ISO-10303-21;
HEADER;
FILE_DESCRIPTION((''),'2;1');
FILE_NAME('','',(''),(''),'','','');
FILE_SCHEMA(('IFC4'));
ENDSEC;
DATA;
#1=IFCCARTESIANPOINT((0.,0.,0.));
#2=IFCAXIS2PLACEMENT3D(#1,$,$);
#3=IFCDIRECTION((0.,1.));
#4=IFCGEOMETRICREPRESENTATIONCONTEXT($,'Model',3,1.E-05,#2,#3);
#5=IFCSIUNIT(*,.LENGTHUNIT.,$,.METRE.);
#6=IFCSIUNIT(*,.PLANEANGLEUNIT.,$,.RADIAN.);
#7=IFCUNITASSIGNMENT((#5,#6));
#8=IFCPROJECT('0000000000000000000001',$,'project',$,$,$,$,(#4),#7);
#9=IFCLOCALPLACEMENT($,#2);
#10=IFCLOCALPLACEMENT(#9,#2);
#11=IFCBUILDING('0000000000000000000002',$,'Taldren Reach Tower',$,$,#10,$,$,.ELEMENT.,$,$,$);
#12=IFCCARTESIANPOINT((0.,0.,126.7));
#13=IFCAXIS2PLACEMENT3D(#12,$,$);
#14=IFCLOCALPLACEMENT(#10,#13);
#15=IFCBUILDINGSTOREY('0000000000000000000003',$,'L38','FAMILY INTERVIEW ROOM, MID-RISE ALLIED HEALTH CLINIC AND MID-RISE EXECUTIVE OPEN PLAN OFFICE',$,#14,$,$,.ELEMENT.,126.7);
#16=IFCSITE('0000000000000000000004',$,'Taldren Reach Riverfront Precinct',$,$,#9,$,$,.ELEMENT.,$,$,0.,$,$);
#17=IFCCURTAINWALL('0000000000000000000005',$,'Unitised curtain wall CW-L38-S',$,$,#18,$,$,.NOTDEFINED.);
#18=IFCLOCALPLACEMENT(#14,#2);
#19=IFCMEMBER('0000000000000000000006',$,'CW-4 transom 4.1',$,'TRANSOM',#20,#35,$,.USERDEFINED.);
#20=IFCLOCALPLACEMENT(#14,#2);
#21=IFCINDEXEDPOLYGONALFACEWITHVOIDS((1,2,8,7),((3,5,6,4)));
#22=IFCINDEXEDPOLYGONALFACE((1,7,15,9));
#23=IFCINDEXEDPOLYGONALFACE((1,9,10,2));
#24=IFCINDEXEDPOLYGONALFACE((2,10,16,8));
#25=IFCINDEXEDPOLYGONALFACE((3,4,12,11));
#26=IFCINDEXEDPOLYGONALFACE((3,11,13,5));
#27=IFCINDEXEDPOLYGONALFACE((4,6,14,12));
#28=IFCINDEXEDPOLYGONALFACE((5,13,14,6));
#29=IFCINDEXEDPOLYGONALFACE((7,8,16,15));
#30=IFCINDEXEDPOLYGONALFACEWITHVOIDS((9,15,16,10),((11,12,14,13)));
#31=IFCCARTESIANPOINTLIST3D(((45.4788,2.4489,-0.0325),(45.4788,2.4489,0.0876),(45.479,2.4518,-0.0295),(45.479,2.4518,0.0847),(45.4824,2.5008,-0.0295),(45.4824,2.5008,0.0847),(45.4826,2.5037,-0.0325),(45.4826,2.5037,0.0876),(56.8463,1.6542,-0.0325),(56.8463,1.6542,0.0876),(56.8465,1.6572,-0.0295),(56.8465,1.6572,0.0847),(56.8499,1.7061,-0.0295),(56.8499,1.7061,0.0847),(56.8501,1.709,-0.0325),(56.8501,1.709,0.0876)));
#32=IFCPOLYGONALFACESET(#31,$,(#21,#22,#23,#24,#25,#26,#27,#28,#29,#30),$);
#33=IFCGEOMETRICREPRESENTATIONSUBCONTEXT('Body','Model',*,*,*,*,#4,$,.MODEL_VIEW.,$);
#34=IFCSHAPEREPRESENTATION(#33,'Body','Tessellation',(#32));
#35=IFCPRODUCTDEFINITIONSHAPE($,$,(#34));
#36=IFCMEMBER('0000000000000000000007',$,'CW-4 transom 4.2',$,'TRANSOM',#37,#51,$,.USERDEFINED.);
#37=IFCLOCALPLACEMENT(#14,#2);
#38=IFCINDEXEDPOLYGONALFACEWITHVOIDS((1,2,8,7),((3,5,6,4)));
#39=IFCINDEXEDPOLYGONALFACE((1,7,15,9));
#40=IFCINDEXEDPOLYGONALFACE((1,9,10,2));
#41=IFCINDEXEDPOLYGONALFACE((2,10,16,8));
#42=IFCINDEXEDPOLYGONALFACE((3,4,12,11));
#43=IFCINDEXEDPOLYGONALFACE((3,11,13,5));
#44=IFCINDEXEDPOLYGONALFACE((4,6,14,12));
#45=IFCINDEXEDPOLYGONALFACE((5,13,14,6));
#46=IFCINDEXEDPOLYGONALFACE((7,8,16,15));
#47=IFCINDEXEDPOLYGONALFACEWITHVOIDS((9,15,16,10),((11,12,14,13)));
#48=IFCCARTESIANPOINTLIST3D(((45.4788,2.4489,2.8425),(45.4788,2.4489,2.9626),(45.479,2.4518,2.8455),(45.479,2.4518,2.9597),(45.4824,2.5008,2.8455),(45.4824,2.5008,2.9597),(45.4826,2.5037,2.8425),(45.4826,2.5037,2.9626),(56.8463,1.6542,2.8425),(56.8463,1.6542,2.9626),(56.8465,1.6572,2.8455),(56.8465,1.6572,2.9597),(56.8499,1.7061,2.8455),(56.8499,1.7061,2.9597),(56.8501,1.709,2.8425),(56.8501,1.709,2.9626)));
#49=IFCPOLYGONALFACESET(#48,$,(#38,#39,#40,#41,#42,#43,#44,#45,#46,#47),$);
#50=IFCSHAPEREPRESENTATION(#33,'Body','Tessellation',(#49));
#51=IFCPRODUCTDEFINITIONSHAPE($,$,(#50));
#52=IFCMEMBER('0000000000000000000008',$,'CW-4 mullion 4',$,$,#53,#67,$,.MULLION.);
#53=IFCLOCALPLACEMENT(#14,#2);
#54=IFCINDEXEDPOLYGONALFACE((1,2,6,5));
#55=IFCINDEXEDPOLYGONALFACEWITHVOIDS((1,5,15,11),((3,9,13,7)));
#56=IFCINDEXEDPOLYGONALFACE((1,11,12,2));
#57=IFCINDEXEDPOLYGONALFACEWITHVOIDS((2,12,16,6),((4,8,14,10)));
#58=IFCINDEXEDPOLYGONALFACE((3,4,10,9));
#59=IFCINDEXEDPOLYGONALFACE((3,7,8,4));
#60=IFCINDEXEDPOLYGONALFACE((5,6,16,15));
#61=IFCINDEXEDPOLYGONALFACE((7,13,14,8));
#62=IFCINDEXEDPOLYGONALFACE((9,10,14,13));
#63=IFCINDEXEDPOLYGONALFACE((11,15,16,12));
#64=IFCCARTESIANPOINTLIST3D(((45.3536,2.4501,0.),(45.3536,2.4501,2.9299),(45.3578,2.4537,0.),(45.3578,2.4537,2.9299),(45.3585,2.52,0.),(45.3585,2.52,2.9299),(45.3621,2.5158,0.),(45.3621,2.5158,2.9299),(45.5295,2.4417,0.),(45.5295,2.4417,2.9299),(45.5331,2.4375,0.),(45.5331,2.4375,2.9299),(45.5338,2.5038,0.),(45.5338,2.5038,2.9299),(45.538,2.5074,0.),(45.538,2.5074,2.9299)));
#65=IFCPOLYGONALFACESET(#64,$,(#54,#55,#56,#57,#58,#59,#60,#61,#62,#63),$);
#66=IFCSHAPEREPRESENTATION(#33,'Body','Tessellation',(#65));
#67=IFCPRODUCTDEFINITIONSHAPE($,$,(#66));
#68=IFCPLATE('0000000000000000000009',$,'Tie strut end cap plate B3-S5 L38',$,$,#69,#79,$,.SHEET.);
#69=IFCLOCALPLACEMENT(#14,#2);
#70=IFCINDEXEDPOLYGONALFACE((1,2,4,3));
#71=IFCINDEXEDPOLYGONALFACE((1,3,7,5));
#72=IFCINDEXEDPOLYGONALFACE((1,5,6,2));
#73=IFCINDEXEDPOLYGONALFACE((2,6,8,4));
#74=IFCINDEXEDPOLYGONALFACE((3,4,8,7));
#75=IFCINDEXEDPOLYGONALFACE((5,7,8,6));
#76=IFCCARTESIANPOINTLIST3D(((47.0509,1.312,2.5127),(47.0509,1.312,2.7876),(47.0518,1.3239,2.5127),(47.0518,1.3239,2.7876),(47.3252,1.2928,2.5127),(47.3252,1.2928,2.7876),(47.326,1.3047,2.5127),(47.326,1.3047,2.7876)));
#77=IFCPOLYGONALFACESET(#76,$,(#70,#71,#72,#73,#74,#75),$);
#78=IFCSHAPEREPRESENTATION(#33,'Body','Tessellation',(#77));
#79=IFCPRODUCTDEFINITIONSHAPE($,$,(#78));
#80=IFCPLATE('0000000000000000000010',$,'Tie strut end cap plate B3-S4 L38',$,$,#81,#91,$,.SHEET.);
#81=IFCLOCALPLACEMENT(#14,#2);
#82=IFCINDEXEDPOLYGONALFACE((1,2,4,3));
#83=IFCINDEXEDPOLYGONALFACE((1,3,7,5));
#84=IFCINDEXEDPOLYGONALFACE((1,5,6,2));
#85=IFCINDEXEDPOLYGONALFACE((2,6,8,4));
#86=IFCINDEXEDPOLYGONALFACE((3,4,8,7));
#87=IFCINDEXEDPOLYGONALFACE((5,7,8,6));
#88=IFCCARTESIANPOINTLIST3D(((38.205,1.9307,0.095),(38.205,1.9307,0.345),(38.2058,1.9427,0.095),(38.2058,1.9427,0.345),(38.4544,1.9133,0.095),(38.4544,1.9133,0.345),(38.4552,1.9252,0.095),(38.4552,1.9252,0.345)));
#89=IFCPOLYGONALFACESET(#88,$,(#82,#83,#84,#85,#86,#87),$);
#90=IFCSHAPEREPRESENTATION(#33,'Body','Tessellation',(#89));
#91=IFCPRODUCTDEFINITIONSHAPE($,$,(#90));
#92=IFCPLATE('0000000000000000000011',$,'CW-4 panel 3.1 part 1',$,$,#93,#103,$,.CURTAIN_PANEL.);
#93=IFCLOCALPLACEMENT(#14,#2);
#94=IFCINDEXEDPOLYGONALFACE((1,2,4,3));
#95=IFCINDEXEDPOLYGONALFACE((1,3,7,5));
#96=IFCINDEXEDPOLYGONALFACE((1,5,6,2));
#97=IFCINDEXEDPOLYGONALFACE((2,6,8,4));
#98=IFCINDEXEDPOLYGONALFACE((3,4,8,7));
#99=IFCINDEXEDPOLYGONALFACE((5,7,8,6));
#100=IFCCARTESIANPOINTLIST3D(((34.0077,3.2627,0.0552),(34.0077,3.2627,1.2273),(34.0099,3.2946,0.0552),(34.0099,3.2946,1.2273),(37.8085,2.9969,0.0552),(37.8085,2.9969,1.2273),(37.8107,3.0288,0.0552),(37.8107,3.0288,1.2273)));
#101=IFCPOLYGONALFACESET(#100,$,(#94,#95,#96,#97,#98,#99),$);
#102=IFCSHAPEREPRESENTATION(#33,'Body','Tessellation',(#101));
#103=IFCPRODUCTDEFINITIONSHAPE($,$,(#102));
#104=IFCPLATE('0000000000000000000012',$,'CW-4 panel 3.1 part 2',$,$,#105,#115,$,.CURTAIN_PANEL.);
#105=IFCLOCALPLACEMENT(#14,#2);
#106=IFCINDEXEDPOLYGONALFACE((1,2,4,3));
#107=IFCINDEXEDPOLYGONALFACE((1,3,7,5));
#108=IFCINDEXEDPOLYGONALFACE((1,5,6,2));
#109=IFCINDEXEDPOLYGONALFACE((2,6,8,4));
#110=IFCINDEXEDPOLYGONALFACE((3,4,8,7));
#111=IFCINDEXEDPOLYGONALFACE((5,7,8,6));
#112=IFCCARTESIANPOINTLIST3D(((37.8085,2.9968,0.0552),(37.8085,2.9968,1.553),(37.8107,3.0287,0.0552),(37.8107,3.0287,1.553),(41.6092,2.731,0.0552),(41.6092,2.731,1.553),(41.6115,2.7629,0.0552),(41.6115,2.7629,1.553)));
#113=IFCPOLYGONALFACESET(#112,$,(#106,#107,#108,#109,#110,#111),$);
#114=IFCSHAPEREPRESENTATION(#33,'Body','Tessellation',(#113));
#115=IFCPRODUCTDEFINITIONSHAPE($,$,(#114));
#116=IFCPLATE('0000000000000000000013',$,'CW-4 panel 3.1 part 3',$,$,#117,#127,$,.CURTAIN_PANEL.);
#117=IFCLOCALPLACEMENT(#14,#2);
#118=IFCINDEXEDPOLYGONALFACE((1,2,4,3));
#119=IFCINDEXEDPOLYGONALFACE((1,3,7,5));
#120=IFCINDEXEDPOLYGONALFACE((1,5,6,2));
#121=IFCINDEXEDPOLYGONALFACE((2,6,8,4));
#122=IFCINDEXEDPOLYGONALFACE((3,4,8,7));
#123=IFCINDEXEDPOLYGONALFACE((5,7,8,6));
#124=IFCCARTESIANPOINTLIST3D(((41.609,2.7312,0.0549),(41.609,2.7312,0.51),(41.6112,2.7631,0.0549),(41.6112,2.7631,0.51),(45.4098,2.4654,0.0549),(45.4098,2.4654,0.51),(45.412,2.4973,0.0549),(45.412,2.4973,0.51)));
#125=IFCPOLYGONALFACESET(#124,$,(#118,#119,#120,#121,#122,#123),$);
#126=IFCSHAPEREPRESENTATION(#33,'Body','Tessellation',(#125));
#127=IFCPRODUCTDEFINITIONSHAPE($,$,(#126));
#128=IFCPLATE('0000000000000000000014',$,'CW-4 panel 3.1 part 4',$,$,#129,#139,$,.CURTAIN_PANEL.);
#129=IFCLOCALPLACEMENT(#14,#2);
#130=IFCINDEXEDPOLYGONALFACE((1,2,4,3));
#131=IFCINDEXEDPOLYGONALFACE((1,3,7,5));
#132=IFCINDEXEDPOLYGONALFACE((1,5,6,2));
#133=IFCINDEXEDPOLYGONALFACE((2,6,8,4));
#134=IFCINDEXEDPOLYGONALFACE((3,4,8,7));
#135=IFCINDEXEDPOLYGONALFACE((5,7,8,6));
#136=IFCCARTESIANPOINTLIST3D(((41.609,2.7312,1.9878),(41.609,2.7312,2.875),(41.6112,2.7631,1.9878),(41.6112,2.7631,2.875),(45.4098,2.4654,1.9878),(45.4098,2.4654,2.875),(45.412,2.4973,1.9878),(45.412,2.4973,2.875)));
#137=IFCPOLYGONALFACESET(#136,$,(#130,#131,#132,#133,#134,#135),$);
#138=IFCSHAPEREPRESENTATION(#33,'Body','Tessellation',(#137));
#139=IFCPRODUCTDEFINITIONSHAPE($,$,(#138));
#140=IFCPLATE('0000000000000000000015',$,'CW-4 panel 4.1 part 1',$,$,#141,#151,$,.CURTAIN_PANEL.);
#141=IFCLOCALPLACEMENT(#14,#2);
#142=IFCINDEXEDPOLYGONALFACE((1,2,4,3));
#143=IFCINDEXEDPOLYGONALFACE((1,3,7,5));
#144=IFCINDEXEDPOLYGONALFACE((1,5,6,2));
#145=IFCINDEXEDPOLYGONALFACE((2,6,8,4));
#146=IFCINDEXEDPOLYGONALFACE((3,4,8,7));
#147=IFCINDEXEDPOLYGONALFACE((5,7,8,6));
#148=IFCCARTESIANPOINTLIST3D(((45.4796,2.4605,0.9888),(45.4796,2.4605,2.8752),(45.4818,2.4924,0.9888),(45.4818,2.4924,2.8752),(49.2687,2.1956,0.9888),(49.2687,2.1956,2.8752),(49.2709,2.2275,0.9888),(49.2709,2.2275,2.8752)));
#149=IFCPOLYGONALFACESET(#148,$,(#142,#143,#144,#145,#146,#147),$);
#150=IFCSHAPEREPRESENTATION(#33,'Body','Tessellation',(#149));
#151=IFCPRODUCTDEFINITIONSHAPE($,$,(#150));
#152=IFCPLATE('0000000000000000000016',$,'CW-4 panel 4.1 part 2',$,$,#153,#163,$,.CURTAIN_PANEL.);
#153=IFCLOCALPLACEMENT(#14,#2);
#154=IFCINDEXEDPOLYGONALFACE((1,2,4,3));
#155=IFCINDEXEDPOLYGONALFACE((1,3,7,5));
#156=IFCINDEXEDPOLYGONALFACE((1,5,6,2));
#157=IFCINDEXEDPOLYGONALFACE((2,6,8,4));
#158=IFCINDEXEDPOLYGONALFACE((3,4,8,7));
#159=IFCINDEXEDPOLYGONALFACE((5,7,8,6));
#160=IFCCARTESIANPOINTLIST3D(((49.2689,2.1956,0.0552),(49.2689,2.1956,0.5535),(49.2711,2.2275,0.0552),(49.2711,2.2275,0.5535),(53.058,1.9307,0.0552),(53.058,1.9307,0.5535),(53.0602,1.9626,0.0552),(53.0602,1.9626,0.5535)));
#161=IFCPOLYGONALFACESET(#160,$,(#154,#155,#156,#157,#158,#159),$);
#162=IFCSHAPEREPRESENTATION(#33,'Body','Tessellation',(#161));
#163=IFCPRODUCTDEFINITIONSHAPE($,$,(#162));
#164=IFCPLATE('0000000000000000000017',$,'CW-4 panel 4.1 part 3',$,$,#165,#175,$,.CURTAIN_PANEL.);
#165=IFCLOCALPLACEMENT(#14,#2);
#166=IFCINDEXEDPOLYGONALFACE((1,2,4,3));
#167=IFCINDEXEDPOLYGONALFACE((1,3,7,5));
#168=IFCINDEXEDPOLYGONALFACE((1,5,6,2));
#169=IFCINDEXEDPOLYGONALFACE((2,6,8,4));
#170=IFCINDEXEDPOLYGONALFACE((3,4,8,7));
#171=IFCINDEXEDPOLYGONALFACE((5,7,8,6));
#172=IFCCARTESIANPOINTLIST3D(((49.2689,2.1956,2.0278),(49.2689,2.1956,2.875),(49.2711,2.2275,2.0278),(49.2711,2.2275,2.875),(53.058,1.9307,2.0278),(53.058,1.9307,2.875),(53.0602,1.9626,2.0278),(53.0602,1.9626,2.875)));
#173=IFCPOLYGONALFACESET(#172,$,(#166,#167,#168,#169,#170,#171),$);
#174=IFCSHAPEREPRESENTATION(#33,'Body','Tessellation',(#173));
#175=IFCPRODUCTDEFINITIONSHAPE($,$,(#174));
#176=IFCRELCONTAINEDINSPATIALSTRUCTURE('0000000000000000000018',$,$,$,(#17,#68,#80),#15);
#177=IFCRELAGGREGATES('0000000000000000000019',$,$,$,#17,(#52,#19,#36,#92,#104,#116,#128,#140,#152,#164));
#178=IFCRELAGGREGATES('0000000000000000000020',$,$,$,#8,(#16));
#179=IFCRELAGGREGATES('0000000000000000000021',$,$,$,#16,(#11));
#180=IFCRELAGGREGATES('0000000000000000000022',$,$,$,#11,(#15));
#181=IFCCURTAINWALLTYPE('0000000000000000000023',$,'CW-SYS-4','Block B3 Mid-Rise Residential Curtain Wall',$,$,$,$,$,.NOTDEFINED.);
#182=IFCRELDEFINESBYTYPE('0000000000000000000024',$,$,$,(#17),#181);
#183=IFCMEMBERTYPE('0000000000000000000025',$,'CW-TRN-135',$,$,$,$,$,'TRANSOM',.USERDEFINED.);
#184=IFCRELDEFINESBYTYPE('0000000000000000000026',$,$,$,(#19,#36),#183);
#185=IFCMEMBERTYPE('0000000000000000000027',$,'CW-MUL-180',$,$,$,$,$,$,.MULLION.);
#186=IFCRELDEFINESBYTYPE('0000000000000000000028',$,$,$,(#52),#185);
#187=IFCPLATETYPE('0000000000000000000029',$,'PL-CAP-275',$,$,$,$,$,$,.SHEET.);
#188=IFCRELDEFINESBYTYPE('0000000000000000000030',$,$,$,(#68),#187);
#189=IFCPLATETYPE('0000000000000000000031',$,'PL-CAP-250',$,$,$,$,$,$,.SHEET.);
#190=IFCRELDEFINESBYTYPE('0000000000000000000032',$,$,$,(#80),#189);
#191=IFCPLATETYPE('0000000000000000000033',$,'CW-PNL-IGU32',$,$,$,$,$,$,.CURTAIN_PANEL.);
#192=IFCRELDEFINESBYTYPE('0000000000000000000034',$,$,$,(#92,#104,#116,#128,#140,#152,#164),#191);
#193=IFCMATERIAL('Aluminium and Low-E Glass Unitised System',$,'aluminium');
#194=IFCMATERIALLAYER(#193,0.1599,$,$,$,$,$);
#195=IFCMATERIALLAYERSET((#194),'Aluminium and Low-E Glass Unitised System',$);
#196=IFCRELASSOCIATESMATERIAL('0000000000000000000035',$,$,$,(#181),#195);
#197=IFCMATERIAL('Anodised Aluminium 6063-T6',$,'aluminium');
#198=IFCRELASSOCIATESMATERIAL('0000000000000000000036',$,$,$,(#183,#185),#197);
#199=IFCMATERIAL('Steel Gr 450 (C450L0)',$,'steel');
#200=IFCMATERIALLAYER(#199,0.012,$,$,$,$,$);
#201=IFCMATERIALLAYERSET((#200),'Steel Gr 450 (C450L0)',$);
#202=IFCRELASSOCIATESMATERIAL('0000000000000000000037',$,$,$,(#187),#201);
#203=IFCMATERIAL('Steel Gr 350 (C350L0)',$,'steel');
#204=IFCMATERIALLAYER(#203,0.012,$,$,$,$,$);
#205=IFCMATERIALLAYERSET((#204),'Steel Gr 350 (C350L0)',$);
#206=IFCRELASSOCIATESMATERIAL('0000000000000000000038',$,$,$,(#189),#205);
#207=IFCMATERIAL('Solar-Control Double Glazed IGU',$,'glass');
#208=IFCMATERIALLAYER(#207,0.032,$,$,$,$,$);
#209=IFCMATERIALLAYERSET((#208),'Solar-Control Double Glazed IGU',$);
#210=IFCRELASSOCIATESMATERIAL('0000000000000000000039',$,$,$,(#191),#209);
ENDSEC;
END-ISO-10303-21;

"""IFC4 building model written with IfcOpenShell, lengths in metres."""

from ifc_helpers import new_model, si_unit, direction, frame, origin, origin_2d, place, context, subcontext, project, spatial, rectangle, hollow_rectangle, extrude, source, transform, mapped, material, layer, layer_set, material_profile, profile_set, type_object, element, aggregate, save


model = new_model("IFC4")

# Units and contexts
model_context = context("Model", 3, precision=1e-05, world=origin(), true_north=direction((0.0, 1.0)))
body_context = subcontext(model_context, "Body", "Model", "MODEL_VIEW")
ifc_project = project(units=[si_unit("LENGTHUNIT", "METRE"), si_unit("PLANEANGLEUNIT", "RADIAN")], contexts=[model_context])

# Site, building, storey
site_placement = place(None, origin())
site = spatial("IfcSite", under=ifc_project, at=site_placement, Name="Taldren Reach Riverfront Precinct", CompositionType="ELEMENT", RefElevation=0.0)
building_placement = place(site_placement, origin())
building = spatial("IfcBuilding", under=site, at=building_placement, Name="Taldren Reach Tower", CompositionType="ELEMENT")
storey_placement = place(building_placement, frame((0.0, 0.0, 126.7)))
storey = spatial("IfcBuildingStorey", under=building, at=storey_placement, Name="L38", Description="FAMILY INTERVIEW ROOM, MID-RISE ALLIED HEALTH CLINIC AND MID-RISE EXECUTIVE OPEN PLAN OFFICE", CompositionType="ELEMENT", Elevation=126.7)

# Shared definitions
ifc_material_1 = material(Name="Steel Gr 450 (C450L0)", Category="steel")
ifc_material_2 = material(Name="Steel Gr 350 (C350L0)", Category="steel")

# Curtain wall, members
ifc_material_3 = material(Name="Aluminium and Low-E Glass Unitised System", Category="aluminium")
ifc_layer_1 = layer(ifc_material_3, 0.1599)
ifc_layer_set_1 = layer_set([ifc_layer_1], Name="Aluminium and Low-E Glass Unitised System")
curtain_wall_type = type_object("IfcCurtainWallType", Name="CW-SYS-4", Description="Block B3 Mid-Rise Residential Curtain Wall", PredefinedType="NOTDEFINED", material=ifc_layer_set_1)
curtain_wall_placement = place(storey_placement, origin())
curtain_wall = element("IfcCurtainWall", 1, at=curtain_wall_placement, inside=storey, type_object=curtain_wall_type, Name="Unitised curtain wall CW-L38-S", PredefinedType="NOTDEFINED")
ifc_material_4 = material(Name="Anodised Aluminium 6063-T6", Category="aluminium")
ifc_material_profile_1 = material_profile(ifc_material_4, hollow_rectangle(XDim=0.0549, YDim=0.1201, WallThickness=0.0029, at=origin_2d()), Name="ALU-120x55x3RHS")
ifc_profile_set_1 = profile_set([ifc_material_profile_1], Name="Anodised Aluminium 6063-T6")
member_type_1 = type_object("IfcMemberType", Name="CW-TRN-135", ElementType="TRANSOM", PredefinedType="USERDEFINED", material=ifc_profile_set_1)
shared_shape_1 = source(origin(), body_context, "Body", "SweptSolid", [
    extrude(hollow_rectangle(XDim=0.0549, YDim=0.1201, WallThickness=0.0029, at=origin_2d()), origin(), (0.0, 0.0, 1.0), 11.3953),
])
member_1_placement = place(storey_placement, frame((45.4807, 2.4763, 0.0276), z_axis=(0.997565, -0.069738, 0.0), x_axis=(0.069738, 0.997565, 0.0)))
member_1 = element("IfcMember", 2, at=member_1_placement, type_object=member_type_1, Name="CW-4 transom 4.1", ObjectType="TRANSOM", PredefinedType="USERDEFINED", context=body_context, shape_type="MappedRepresentation", body=[
    mapped(shared_shape_1, transform((0.0, 0.0, 0.0), scale=1.0)),
])
member_2_placement = place(storey_placement, frame((45.4807, 2.4763, 2.9026), z_axis=(0.997565, -0.069738, 0.0), x_axis=(0.069738, 0.997565, 0.0)))
member_2 = element("IfcMember", 3, at=member_2_placement, type_object=member_type_1, Name="CW-4 transom 4.2", ObjectType="TRANSOM", PredefinedType="USERDEFINED", context=body_context, shape_type="MappedRepresentation", body=[
    mapped(shared_shape_1, transform((0.0, 0.0, 0.0), scale=1.0)),
])
ifc_material_profile_2 = material_profile(ifc_material_4, hollow_rectangle(XDim=0.0701, YDim=0.1799, WallThickness=0.0039, at=origin_2d()), Name="ALU-180x70x4RHS")
ifc_profile_set_2 = profile_set([ifc_material_profile_2], Name="Anodised Aluminium 6063-T6")
member_type_2 = type_object("IfcMemberType", Name="CW-MUL-180", PredefinedType="MULLION", material=ifc_profile_set_2)
shared_shape_2 = source(origin(), body_context, "Body", "SweptSolid", [
    extrude(hollow_rectangle(XDim=0.0701, YDim=0.1799, WallThickness=0.0039, at=origin_2d()), origin(), (0.0, 0.0, 1.0), 2.9299),
])
member_3_placement = place(storey_placement, frame((45.4458, 2.4788, 0.0), z_axis=(0.0, 0.0, 1.0), x_axis=(0.069757, 0.997564, 0.0)))
member_3 = element("IfcMember", 4, at=member_3_placement, type_object=member_type_2, Name="CW-4 mullion 4", PredefinedType="MULLION", context=body_context, shape_type="MappedRepresentation", body=[
    mapped(shared_shape_2, transform((0.0, 0.0, 0.0), scale=1.0)),
])

# Plates
ifc_layer_2 = layer(ifc_material_1, 0.012)
ifc_layer_set_2 = layer_set([ifc_layer_2], Name="Steel Gr 450 (C450L0)")
plate_type_1 = type_object("IfcPlateType", Name="PL-CAP-275", PredefinedType="SHEET", material=ifc_layer_set_2)
shared_shape_3 = source(origin(), body_context, "Body", "SweptSolid", [
    extrude(rectangle(XDim=0.2749, YDim=0.012, at=origin_2d()), origin(), (0.0, 0.0, 1.0), 0.2749),
])
plate_1_placement = place(storey_placement, frame((47.1885, 1.3083, 2.5127), z_axis=(0.0, 0.0, 1.0), x_axis=(0.997564, -0.069756, 0.0)))
element("IfcPlate", 5, at=plate_1_placement, inside=storey, type_object=plate_type_1, Name="Tie strut end cap plate B3-S5 L38", PredefinedType="SHEET", context=body_context, shape_type="MappedRepresentation", body=[
    mapped(shared_shape_3, transform((0.0, 0.0, 0.0), scale=1.0)),
])
ifc_layer_3 = layer(ifc_material_2, 0.012)
ifc_layer_set_3 = layer_set([ifc_layer_3], Name="Steel Gr 350 (C350L0)")
plate_type_2 = type_object("IfcPlateType", Name="PL-CAP-250", PredefinedType="SHEET", material=ifc_layer_set_3)
shared_shape_4 = source(origin(), body_context, "Body", "SweptSolid", [
    extrude(rectangle(XDim=0.25, YDim=0.012, at=origin_2d()), origin(), (0.0, 0.0, 1.0), 0.25),
])
plate_2_placement = place(storey_placement, frame((38.3301, 1.928, 0.095), z_axis=(0.0, 0.0, 1.0), x_axis=(0.997564, -0.069756, 0.0)))
element("IfcPlate", 6, at=plate_2_placement, inside=storey, type_object=plate_type_2, Name="Tie strut end cap plate B3-S4 L38", PredefinedType="SHEET", context=body_context, shape_type="MappedRepresentation", body=[
    mapped(shared_shape_4, transform((0.0, 0.0, 0.0), scale=1.0)),
])

# Plates
ifc_material_5 = material(Name="Solar-Control Double Glazed IGU", Category="glass")
ifc_layer_4 = layer(ifc_material_5, 0.032)
ifc_layer_set_4 = layer_set([ifc_layer_4], Name="Solar-Control Double Glazed IGU")
plate_type_3 = type_object("IfcPlateType", Name="CW-PNL-IGU32", PredefinedType="CURTAIN_PANEL", material=ifc_layer_set_4)
shared_shape_5 = source(origin(), body_context, "Body", "SweptSolid", [
    extrude(rectangle(XDim=3.8101, YDim=0.032, at=origin_2d()), origin(), (0.0, 0.0, 1.0), 1.1721),
])
plate_3_placement = place(storey_placement, frame((35.9092, 3.1458, 0.0552), z_axis=(0.0, 0.0, 1.0), x_axis=(0.997564, -0.069757, 0.0)))
plate_3 = element("IfcPlate", 7, at=plate_3_placement, type_object=plate_type_3, Name="CW-4 panel 3.1 part 1", PredefinedType="CURTAIN_PANEL", context=body_context, shape_type="MappedRepresentation", body=[
    mapped(shared_shape_5, transform((0.0, 0.0, 0.0), scale=1.0)),
])
shared_shape_6 = source(origin(), body_context, "Body", "SweptSolid", [
    extrude(rectangle(XDim=3.8101, YDim=0.032, at=origin_2d()), origin(), (0.0, 0.0, 1.0), 1.4978),
])
plate_4_placement = place(storey_placement, frame((39.71, 2.8799, 0.0552), z_axis=(0.0, 0.0, 1.0), x_axis=(0.997564, -0.069757, 0.0)))
plate_4 = element("IfcPlate", 8, at=plate_4_placement, type_object=plate_type_3, Name="CW-4 panel 3.1 part 2", PredefinedType="CURTAIN_PANEL", context=body_context, shape_type="MappedRepresentation", body=[
    mapped(shared_shape_6, transform((0.0, 0.0, 0.0), scale=1.0)),
])
shared_shape_7 = source(origin(), body_context, "Body", "SweptSolid", [
    extrude(rectangle(XDim=3.8101, YDim=0.032, at=origin_2d()), origin(), (0.0, 0.0, 1.0), 0.4551),
])
plate_5_placement = place(storey_placement, frame((43.5105, 2.6143, 0.0549), z_axis=(0.0, 0.0, 1.0), x_axis=(0.997564, -0.069757, 0.0)))
plate_5 = element("IfcPlate", 9, at=plate_5_placement, type_object=plate_type_3, Name="CW-4 panel 3.1 part 3", PredefinedType="CURTAIN_PANEL", context=body_context, shape_type="MappedRepresentation", body=[
    mapped(shared_shape_7, transform((0.0, 0.0, 0.0), scale=1.0)),
])
shared_shape_8 = source(origin(), body_context, "Body", "SweptSolid", [
    extrude(rectangle(XDim=3.8101, YDim=0.032, at=origin_2d()), origin(), (0.0, 0.0, 1.0), 0.8872),
])
plate_6_placement = place(storey_placement, frame((43.5105, 2.6143, 1.9878), z_axis=(0.0, 0.0, 1.0), x_axis=(0.997564, -0.069757, 0.0)))
plate_6 = element("IfcPlate", 10, at=plate_6_placement, type_object=plate_type_3, Name="CW-4 panel 3.1 part 4", PredefinedType="CURTAIN_PANEL", context=body_context, shape_type="MappedRepresentation", body=[
    mapped(shared_shape_8, transform((0.0, 0.0, 0.0), scale=1.0)),
])
shared_shape_9 = source(origin(), body_context, "Body", "SweptSolid", [
    extrude(rectangle(XDim=3.7983, YDim=0.032, at=origin_2d()), origin(), (0.0, 0.0, 1.0), 1.8865),
])
plate_7_placement = place(storey_placement, frame((47.3752, 2.344, 0.9888), z_axis=(0.0, 0.0, 1.0), x_axis=(0.997564, -0.069757, 0.0)))
plate_7 = element("IfcPlate", 11, at=plate_7_placement, type_object=plate_type_3, Name="CW-4 panel 4.1 part 1", PredefinedType="CURTAIN_PANEL", context=body_context, shape_type="MappedRepresentation", body=[
    mapped(shared_shape_9, transform((0.0, 0.0, 0.0), scale=1.0)),
])
shared_shape_10 = source(origin(), body_context, "Body", "SweptSolid", [
    extrude(rectangle(XDim=3.7983, YDim=0.032, at=origin_2d()), origin(), (0.0, 0.0, 1.0), 0.4983),
])
plate_8_placement = place(storey_placement, frame((51.1646, 2.0791, 0.0552), z_axis=(0.0, 0.0, 1.0), x_axis=(0.997564, -0.069757, 0.0)))
plate_8 = element("IfcPlate", 12, at=plate_8_placement, type_object=plate_type_3, Name="CW-4 panel 4.1 part 2", PredefinedType="CURTAIN_PANEL", context=body_context, shape_type="MappedRepresentation", body=[
    mapped(shared_shape_10, transform((0.0, 0.0, 0.0), scale=1.0)),
])
shared_shape_11 = source(origin(), body_context, "Body", "SweptSolid", [
    extrude(rectangle(XDim=3.7983, YDim=0.032, at=origin_2d()), origin(), (0.0, 0.0, 1.0), 0.8472),
])
plate_9_placement = place(storey_placement, frame((51.1646, 2.0791, 2.0278), z_axis=(0.0, 0.0, 1.0), x_axis=(0.997564, -0.069757, 0.0)))
plate_9 = element("IfcPlate", 13, at=plate_9_placement, type_object=plate_type_3, Name="CW-4 panel 4.1 part 3", PredefinedType="CURTAIN_PANEL", context=body_context, shape_type="MappedRepresentation", body=[
    mapped(shared_shape_11, transform((0.0, 0.0, 0.0), scale=1.0)),
])
aggregate(curtain_wall, [member_3, member_1, member_2, plate_3, plate_4, plate_5, plate_6, plate_7, plate_8, plate_9])

save(model, "model.ifc")
